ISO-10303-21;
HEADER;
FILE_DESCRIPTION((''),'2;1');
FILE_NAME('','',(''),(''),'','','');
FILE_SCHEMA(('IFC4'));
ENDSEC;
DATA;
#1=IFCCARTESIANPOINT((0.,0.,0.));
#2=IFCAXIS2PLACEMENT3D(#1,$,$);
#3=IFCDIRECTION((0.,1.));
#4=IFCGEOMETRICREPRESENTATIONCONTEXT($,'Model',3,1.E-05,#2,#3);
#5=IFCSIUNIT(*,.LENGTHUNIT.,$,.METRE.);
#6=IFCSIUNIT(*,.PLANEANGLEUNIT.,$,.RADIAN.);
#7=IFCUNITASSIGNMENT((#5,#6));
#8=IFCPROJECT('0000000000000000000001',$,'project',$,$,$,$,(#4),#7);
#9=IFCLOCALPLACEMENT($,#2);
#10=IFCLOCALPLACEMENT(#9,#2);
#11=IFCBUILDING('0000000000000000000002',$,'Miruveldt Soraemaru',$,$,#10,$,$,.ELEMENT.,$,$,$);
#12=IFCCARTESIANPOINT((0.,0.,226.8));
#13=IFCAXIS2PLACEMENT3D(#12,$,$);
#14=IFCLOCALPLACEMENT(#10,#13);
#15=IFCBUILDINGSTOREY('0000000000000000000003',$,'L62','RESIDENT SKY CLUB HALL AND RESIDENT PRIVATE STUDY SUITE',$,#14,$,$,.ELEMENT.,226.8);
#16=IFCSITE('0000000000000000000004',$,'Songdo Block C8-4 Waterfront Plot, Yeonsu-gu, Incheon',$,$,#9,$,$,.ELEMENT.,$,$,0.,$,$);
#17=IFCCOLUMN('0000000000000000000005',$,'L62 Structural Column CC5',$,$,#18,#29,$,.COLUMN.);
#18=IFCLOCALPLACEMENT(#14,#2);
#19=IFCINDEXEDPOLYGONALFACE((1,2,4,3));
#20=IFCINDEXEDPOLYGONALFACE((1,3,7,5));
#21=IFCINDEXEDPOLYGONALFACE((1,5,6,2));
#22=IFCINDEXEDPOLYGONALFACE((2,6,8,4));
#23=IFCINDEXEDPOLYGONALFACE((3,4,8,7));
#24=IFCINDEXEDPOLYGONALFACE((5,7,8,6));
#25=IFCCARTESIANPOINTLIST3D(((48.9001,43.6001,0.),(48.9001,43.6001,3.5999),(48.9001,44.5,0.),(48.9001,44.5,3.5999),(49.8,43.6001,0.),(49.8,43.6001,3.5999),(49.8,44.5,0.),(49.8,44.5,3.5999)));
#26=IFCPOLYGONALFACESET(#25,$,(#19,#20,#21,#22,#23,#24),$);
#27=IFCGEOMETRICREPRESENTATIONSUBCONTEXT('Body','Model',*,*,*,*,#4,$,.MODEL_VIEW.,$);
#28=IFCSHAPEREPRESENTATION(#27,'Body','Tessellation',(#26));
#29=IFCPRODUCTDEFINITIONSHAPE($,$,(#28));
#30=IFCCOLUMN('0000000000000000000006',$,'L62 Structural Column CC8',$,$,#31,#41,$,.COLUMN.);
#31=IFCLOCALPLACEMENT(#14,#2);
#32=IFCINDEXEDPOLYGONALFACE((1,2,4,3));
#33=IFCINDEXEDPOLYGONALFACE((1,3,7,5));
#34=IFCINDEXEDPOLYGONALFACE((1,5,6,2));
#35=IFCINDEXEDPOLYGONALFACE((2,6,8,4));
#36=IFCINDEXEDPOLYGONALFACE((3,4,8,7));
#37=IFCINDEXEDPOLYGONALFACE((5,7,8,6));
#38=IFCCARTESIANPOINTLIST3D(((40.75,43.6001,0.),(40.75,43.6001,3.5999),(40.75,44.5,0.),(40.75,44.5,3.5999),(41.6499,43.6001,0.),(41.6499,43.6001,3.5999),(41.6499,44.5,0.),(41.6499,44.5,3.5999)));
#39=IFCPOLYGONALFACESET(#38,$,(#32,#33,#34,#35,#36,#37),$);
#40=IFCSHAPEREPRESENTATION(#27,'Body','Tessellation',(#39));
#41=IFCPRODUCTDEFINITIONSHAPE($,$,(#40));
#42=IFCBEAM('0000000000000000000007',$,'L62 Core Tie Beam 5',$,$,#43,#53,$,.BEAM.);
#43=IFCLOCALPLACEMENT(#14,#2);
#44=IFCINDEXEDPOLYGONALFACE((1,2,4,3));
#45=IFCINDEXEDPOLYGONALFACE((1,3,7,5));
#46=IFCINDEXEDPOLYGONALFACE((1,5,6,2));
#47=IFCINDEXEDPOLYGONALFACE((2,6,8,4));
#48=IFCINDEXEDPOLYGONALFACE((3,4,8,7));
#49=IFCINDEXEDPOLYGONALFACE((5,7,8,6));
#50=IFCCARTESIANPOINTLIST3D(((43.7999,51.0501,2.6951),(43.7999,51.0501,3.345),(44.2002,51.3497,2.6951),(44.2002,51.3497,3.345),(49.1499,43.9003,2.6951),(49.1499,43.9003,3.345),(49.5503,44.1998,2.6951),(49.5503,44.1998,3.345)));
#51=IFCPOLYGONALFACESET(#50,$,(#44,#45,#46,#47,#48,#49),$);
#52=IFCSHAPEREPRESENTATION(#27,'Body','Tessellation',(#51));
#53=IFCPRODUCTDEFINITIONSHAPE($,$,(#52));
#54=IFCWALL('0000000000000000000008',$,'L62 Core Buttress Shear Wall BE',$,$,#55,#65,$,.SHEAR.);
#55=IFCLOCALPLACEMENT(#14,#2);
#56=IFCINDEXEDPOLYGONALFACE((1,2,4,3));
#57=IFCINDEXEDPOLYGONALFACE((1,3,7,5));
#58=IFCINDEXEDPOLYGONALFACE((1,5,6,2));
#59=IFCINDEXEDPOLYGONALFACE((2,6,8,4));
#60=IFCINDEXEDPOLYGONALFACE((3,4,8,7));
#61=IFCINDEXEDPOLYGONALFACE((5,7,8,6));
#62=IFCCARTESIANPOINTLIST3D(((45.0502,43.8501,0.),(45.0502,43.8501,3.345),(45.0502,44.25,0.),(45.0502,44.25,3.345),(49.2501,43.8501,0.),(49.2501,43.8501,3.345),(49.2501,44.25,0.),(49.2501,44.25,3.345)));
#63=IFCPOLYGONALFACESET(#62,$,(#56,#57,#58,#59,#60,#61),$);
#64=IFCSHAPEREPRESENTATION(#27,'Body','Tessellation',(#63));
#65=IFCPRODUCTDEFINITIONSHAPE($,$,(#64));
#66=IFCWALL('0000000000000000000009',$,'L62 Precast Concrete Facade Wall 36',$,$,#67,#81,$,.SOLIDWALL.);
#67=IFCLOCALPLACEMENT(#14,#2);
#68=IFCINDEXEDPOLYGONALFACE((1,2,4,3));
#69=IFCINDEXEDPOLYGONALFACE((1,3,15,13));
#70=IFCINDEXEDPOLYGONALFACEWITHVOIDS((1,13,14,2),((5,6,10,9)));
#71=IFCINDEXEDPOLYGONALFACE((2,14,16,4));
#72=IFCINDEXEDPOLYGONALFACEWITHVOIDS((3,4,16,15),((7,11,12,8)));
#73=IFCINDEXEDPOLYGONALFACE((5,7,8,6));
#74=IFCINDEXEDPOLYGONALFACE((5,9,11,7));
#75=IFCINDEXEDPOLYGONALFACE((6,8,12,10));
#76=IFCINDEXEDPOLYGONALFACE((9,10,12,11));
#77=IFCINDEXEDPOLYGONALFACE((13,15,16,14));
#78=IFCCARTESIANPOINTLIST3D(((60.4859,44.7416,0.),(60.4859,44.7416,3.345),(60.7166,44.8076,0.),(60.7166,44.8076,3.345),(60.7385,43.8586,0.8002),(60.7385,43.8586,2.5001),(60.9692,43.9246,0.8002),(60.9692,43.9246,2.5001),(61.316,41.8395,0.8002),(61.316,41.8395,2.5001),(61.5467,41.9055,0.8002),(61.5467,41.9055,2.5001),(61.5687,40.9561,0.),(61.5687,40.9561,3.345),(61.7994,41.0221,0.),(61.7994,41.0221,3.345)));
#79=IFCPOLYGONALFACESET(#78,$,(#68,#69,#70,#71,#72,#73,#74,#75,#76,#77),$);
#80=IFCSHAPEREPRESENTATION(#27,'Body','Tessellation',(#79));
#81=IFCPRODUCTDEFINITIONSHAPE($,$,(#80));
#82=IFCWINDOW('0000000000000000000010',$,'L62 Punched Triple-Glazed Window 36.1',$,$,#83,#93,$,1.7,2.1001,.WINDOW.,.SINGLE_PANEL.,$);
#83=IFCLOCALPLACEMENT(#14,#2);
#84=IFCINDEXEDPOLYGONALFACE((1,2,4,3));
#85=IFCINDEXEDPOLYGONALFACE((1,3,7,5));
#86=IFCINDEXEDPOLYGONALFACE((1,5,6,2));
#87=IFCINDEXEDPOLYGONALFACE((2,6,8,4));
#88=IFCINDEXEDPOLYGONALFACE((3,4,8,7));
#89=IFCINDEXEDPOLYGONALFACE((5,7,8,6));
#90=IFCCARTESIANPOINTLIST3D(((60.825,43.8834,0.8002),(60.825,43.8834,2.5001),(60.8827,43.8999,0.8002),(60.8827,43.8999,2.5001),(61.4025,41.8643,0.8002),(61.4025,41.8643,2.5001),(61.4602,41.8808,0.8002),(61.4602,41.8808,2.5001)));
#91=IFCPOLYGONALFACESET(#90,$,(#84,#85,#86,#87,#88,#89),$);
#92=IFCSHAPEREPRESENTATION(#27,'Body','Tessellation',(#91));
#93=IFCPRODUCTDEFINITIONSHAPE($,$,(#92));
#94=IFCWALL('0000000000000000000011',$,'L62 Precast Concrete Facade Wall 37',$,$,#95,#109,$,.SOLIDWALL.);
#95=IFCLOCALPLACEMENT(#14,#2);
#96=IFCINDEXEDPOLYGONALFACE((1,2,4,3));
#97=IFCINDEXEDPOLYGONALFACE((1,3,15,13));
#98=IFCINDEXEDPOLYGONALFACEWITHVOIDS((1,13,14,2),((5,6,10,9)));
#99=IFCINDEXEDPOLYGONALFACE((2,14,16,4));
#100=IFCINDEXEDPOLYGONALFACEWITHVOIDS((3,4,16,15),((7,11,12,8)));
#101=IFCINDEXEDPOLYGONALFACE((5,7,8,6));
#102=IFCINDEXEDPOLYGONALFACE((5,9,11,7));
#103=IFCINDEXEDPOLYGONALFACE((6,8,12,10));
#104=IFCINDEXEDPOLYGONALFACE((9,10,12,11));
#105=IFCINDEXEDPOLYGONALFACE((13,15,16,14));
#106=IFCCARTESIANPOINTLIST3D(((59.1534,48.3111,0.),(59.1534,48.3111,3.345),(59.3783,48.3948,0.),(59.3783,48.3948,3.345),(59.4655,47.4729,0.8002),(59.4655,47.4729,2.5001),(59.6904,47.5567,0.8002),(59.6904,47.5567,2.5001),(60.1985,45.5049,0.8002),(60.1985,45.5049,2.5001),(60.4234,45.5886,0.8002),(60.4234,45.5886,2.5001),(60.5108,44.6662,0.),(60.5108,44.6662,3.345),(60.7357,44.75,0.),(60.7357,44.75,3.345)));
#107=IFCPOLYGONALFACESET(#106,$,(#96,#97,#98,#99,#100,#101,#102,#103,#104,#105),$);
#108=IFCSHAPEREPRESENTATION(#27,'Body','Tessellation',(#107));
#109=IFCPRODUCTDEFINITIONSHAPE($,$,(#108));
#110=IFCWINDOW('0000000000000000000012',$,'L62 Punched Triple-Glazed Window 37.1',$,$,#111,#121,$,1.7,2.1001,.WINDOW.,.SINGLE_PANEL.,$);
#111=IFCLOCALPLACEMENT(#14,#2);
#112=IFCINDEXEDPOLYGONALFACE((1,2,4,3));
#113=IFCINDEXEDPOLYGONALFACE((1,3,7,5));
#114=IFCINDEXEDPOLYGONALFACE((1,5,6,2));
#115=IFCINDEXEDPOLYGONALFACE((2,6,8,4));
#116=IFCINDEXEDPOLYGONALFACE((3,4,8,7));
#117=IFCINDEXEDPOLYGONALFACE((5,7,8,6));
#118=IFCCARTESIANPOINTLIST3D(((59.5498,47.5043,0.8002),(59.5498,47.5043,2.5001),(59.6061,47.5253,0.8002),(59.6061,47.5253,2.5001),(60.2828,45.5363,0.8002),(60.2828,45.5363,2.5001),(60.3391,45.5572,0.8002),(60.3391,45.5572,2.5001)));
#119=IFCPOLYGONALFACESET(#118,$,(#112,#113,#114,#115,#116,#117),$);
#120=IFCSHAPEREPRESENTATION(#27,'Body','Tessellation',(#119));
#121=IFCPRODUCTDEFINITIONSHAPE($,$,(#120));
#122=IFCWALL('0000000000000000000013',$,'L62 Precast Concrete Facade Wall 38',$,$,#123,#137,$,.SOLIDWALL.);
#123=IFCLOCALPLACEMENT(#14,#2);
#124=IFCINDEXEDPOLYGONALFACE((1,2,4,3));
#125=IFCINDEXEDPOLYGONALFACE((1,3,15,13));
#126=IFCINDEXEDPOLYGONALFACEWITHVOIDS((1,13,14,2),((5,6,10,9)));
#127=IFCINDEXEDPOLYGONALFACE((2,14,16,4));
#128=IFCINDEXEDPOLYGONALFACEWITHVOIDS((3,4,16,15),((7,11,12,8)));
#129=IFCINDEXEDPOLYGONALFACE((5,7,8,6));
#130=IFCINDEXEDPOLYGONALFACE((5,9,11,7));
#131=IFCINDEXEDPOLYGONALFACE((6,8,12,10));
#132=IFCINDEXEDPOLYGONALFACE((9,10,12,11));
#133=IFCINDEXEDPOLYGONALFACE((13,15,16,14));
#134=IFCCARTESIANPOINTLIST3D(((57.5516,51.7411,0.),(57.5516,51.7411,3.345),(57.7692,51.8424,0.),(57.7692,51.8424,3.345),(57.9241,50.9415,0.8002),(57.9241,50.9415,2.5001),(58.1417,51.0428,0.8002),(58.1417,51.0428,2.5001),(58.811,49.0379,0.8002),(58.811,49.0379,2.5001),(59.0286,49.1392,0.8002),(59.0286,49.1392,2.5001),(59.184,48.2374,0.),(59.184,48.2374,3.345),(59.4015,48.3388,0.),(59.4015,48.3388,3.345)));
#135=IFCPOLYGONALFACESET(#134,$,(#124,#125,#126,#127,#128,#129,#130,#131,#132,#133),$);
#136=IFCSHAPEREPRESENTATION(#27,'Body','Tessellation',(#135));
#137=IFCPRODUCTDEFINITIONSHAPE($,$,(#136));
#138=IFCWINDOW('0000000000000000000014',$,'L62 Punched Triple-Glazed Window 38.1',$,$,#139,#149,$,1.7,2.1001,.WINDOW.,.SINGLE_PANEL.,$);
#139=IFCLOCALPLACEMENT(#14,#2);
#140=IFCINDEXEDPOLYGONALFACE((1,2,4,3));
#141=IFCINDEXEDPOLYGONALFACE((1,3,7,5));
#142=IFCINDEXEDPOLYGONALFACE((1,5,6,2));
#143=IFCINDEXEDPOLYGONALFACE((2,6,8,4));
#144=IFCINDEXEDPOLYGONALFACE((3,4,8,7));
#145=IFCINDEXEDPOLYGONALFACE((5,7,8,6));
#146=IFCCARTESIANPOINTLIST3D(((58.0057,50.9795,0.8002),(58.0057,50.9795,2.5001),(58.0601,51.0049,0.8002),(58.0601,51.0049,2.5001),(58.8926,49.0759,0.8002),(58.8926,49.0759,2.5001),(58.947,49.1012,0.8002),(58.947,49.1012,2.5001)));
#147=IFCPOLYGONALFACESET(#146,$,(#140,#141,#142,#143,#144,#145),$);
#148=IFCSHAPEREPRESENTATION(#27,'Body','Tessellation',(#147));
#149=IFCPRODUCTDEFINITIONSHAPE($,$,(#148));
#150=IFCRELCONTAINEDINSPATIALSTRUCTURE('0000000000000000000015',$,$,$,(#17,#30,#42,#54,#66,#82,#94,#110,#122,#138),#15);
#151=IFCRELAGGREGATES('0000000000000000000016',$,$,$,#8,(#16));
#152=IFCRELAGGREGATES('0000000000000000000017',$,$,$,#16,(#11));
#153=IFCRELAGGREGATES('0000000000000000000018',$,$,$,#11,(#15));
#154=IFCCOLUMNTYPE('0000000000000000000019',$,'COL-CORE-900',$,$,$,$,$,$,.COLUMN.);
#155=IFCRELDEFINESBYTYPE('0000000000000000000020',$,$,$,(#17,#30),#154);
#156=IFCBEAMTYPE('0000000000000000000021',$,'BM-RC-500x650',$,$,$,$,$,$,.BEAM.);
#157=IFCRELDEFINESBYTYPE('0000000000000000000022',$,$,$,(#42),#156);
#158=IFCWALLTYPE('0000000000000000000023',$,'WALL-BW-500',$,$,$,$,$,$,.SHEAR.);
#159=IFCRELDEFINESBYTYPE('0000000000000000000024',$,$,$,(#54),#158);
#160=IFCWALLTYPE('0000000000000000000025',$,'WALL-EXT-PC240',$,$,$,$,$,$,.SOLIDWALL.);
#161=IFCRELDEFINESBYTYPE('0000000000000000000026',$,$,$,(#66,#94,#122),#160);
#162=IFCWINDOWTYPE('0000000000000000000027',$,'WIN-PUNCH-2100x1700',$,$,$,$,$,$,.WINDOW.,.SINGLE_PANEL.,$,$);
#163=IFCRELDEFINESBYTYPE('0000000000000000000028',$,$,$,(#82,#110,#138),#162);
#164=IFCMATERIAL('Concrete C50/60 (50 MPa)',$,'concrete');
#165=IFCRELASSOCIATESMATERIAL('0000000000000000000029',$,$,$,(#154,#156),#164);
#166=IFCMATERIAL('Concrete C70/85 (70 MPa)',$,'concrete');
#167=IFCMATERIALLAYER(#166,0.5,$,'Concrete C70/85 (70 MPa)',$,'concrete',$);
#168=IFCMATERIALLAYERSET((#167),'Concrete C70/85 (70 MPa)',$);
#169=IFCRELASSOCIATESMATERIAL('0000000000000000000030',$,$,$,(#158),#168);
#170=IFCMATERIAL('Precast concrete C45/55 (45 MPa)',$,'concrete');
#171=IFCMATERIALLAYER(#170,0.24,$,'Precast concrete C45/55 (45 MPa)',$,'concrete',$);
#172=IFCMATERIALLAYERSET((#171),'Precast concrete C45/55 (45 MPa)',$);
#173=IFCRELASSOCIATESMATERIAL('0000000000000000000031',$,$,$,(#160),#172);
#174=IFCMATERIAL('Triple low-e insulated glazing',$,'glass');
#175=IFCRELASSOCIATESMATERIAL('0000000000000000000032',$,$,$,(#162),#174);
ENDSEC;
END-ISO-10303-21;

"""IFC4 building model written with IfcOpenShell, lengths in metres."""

from ifc_helpers import new_model, si_unit, direction, frame, frame_2d, origin, origin_2d, place, context, subcontext, project, spatial, rectangle, extrude, material, layer, layer_set, material_profile, profile_set, type_object, element, fill, save


model = new_model("IFC4")

# Units and contexts
model_context = context("Model", 3, precision=1e-05, world=origin(), true_north=direction((0.0, 1.0)))
body_context = subcontext(model_context, "Body", "Model", "MODEL_VIEW")
ifc_project = project(units=[si_unit("LENGTHUNIT", "METRE"), si_unit("PLANEANGLEUNIT", "RADIAN")], contexts=[model_context])

# Site, building, storey
site_placement = place(None, origin())
site = spatial("IfcSite", under=ifc_project, at=site_placement, Name="Songdo Block C8-4 Waterfront Plot, Yeonsu-gu, Incheon", CompositionType="ELEMENT", RefElevation=0.0)
building_placement = place(site_placement, origin())
building = spatial("IfcBuilding", under=site, at=building_placement, Name="Miruveldt Soraemaru", CompositionType="ELEMENT")
storey_placement = place(building_placement, frame((0.0, 0.0, 226.8)))
storey = spatial("IfcBuildingStorey", under=building, at=storey_placement, Name="L62", Description="RESIDENT SKY CLUB HALL AND RESIDENT PRIVATE STUDY SUITE", CompositionType="ELEMENT", Elevation=226.8)

# Columns
ifc_material_1 = material(Name="Concrete C50/60 (50 MPa)", Category="concrete")
ifc_material_profile_1 = material_profile(ifc_material_1, rectangle(XDim=0.8999, YDim=0.8999, at=origin_2d()), Name="Concrete C50/60 (50 MPa)", Category="concrete")
ifc_profile_set_1 = profile_set([ifc_material_profile_1], Name="Concrete C50/60 (50 MPa)")
column_type = type_object("IfcColumnType", Name="COL-CORE-900", PredefinedType="COLUMN", material=ifc_profile_set_1)
for number, where, z_axis, x_axis, name in (
    (1, (49.3501, 44.05, 0.0), (0.0, 0.0, 1.0), (1.0, 0.0, 0.0), "L62 Structural Column CC5"),
    (2, (41.2, 44.05, 0.0), (0.0, 0.0, 1.0), (1.0, 0.0, 0.0), "L62 Structural Column CC8"),
):
    element("IfcColumn", number, at=place(storey_placement, frame(where, z_axis=z_axis, x_axis=x_axis)), inside=storey, type_object=column_type, Name=name, PredefinedType="COLUMN", context=body_context, shape_type="SweptSolid", body=[
        extrude(rectangle(XDim=0.8999, YDim=0.8999, at=origin_2d()), origin(), (0.0, 0.0, 1.0), 3.5999),
    ])

# Beam
ifc_material_profile_2 = material_profile(ifc_material_1, rectangle(XDim=0.5, YDim=0.6499, at=origin_2d()), Name="Concrete C50/60 (50 MPa)", Category="concrete")
ifc_profile_set_2 = profile_set([ifc_material_profile_2], Name="Concrete C50/60 (50 MPa)")
beam_type = type_object("IfcBeamType", Name="BM-RC-500x650", PredefinedType="BEAM", material=ifc_profile_set_2)
beam_placement = place(storey_placement, frame((49.3501, 44.05, 3.02), z_axis=(-0.599116, 0.800662, 0.0), x_axis=(-0.800662, -0.599116, 0.0)))
element("IfcBeam", 3, at=beam_placement, inside=storey, type_object=beam_type, Name="L62 Core Tie Beam 5", PredefinedType="BEAM", context=body_context, shape_type="SweptSolid", body=[
    extrude(rectangle(XDim=0.5, YDim=0.6499, at=origin_2d()), origin(), (0.0, 0.0, 1.0), 8.9299),
])

# Wall
ifc_material_2 = material(Name="Concrete C70/85 (70 MPa)", Category="concrete")
ifc_layer_1 = layer(ifc_material_2, 0.5, Name="Concrete C70/85 (70 MPa)", Category="concrete")
ifc_layer_set_1 = layer_set([ifc_layer_1], Name="Concrete C70/85 (70 MPa)")
wall_type_1 = type_object("IfcWallType", Name="WALL-BW-500", PredefinedType="SHEAR", material=ifc_layer_set_1)
wall_1_placement = place(storey_placement, frame((45.05, 44.05, 0.0), z_axis=(0.0, 0.0, 1.0), x_axis=(1.0, 0.0, 0.0)))
element("IfcWall", 4, at=wall_1_placement, inside=storey, type_object=wall_type_1, Name="L62 Core Buttress Shear Wall BE", PredefinedType="SHEAR", context=body_context, shape_type="SweptSolid", body=[
    extrude(rectangle(XDim=4.2, YDim=0.3999, at=frame_2d((2.1001, 0.0))), origin(), (0.0, 0.0, 1.0), 3.345),
])

# Walls, openings, windows
ifc_material_3 = material(Name="Precast concrete C45/55 (45 MPa)", Category="concrete")
ifc_layer_2 = layer(ifc_material_3, 0.24, Name="Precast concrete C45/55 (45 MPa)", Category="concrete")
ifc_layer_set_2 = layer_set([ifc_layer_2], Name="Precast concrete C45/55 (45 MPa)")
wall_type_2 = type_object("IfcWallType", Name="WALL-EXT-PC240", PredefinedType="SOLIDWALL", material=ifc_layer_set_2)
wall_2_placement = place(storey_placement, frame((61.6841, 40.989, 0.0), z_axis=(0.0, 0.0, 1.0), x_axis=(-0.275008, 0.961442, 0.0)))
wall_2 = element("IfcWall", 5, at=wall_2_placement, inside=storey, type_object=wall_type_2, Name="L62 Precast Concrete Facade Wall 36", PredefinedType="SOLIDWALL", context=body_context, shape_type="SweptSolid", body=[
    extrude(rectangle(XDim=3.9373, YDim=0.24, at=frame_2d((1.9688, 0.0))), origin(), (0.0, 0.0, 1.0), 3.345),
])
opening_1_placement = place(wall_2_placement, frame((0.9189, 0.0, 0.8)))
opening_1 = element("IfcOpeningElement", 6, at=opening_1_placement, cuts=wall_2, PredefinedType="OPENING", context=body_context, shape_type="SweptSolid", body=[
    extrude(rectangle(XDim=2.1001, YDim=1.7, at=frame_2d((1.05, 0.8501))), frame((0.0, 0.1299, 0.0), z_axis=(0.0, -1.0, 0.0), x_axis=(1.0, 0.0, 0.0)), (0.0, 0.0, 1.0), 0.26),
])
ifc_material_4 = material(Name="Triple low-e insulated glazing", Category="glass")
window_type = type_object("IfcWindowType", Name="WIN-PUNCH-2100x1700", PartitioningType="SINGLE_PANEL", PredefinedType="WINDOW", material=ifc_material_4)
window_1_placement = place(opening_1_placement, origin())
window_1 = element("IfcWindow", 7, at=window_1_placement, inside=storey, type_object=window_type, Name="L62 Punched Triple-Glazed Window 36.1", OverallHeight=1.7, OverallWidth=2.1001, PartitioningType="SINGLE_PANEL", PredefinedType="WINDOW", context=body_context, shape_type="SweptSolid", body=[
    extrude(rectangle(XDim=2.1001, YDim=1.7, at=frame_2d((1.05, 0.8501))), frame((0.0, 0.03, 0.0), z_axis=(0.0, -1.0, 0.0), x_axis=(1.0, 0.0, 0.0)), (0.0, 0.0, 1.0), 0.0601),
])
fill(opening_1, window_1)
wall_3_placement = place(storey_placement, frame((60.6233, 44.708, 0.0), z_axis=(0.0, 0.0, 1.0), x_axis=(-0.349011, 0.937119, 0.0)))
wall_3 = element("IfcWall", 8, at=wall_3_placement, inside=storey, type_object=wall_type_2, Name="L62 Precast Concrete Facade Wall 37", PredefinedType="SOLIDWALL", context=body_context, shape_type="SweptSolid", body=[
    extrude(rectangle(XDim=3.8894, YDim=0.24, at=frame_2d((1.9448, 0.0))), origin(), (0.0, 0.0, 1.0), 3.345),
])
opening_2_placement = place(wall_3_placement, frame((0.895, 0.0, 0.8)))
opening_2 = element("IfcOpeningElement", 9, at=opening_2_placement, cuts=wall_3, PredefinedType="OPENING", context=body_context, shape_type="SweptSolid", body=[
    extrude(rectangle(XDim=2.1001, YDim=1.7, at=frame_2d((1.05, 0.8501))), frame((0.0, 0.1299, 0.0), z_axis=(0.0, -1.0, 0.0), x_axis=(1.0, 0.0, 0.0)), (0.0, 0.0, 1.0), 0.26),
])
window_2_placement = place(opening_2_placement, origin())
window_2 = element("IfcWindow", 10, at=window_2_placement, inside=storey, type_object=window_type, Name="L62 Punched Triple-Glazed Window 37.1", OverallHeight=1.7, OverallWidth=2.1001, PartitioningType="SINGLE_PANEL", PredefinedType="WINDOW", context=body_context, shape_type="SweptSolid", body=[
    extrude(rectangle(XDim=2.1001, YDim=1.7, at=frame_2d((1.05, 0.8501))), frame((0.0, 0.03, 0.0), z_axis=(0.0, -1.0, 0.0), x_axis=(1.0, 0.0, 0.0)), (0.0, 0.0, 1.0), 0.0601),
])
fill(opening_2, window_2)
wall_4_placement = place(storey_placement, frame((59.2927, 48.2881, 0.0), z_axis=(0.0, 0.0, 1.0), x_axis=(-0.422308, 0.906452, 0.0)))
wall_4 = element("IfcWall", 11, at=wall_4_placement, inside=storey, type_object=wall_type_2, Name="L62 Precast Concrete Facade Wall 38", PredefinedType="SOLIDWALL", context=body_context, shape_type="SweptSolid", body=[
    extrude(rectangle(XDim=3.8652, YDim=0.24, at=frame_2d((1.9326, 0.0))), origin(), (0.0, 0.0, 1.0), 3.345),
])
opening_3_placement = place(wall_4_placement, frame((0.8831, 0.0, 0.8)))
opening_3 = element("IfcOpeningElement", 12, at=opening_3_placement, cuts=wall_4, PredefinedType="OPENING", context=body_context, shape_type="SweptSolid", body=[
    extrude(rectangle(XDim=2.1001, YDim=1.7, at=frame_2d((1.05, 0.8501))), frame((0.0, 0.1299, 0.0), z_axis=(0.0, -1.0, 0.0), x_axis=(1.0, 0.0, 0.0)), (0.0, 0.0, 1.0), 0.26),
])
window_3_placement = place(opening_3_placement, origin())
window_3 = element("IfcWindow", 13, at=window_3_placement, inside=storey, type_object=window_type, Name="L62 Punched Triple-Glazed Window 38.1", OverallHeight=1.7, OverallWidth=2.1001, PartitioningType="SINGLE_PANEL", PredefinedType="WINDOW", context=body_context, shape_type="SweptSolid", body=[
    extrude(rectangle(XDim=2.1001, YDim=1.7, at=frame_2d((1.05, 0.8501))), frame((0.0, 0.03, 0.0), z_axis=(0.0, -1.0, 0.0), x_axis=(1.0, 0.0, 0.0)), (0.0, 0.0, 1.0), 0.0601),
])
fill(opening_3, window_3)

save(model, "model.ifc")
